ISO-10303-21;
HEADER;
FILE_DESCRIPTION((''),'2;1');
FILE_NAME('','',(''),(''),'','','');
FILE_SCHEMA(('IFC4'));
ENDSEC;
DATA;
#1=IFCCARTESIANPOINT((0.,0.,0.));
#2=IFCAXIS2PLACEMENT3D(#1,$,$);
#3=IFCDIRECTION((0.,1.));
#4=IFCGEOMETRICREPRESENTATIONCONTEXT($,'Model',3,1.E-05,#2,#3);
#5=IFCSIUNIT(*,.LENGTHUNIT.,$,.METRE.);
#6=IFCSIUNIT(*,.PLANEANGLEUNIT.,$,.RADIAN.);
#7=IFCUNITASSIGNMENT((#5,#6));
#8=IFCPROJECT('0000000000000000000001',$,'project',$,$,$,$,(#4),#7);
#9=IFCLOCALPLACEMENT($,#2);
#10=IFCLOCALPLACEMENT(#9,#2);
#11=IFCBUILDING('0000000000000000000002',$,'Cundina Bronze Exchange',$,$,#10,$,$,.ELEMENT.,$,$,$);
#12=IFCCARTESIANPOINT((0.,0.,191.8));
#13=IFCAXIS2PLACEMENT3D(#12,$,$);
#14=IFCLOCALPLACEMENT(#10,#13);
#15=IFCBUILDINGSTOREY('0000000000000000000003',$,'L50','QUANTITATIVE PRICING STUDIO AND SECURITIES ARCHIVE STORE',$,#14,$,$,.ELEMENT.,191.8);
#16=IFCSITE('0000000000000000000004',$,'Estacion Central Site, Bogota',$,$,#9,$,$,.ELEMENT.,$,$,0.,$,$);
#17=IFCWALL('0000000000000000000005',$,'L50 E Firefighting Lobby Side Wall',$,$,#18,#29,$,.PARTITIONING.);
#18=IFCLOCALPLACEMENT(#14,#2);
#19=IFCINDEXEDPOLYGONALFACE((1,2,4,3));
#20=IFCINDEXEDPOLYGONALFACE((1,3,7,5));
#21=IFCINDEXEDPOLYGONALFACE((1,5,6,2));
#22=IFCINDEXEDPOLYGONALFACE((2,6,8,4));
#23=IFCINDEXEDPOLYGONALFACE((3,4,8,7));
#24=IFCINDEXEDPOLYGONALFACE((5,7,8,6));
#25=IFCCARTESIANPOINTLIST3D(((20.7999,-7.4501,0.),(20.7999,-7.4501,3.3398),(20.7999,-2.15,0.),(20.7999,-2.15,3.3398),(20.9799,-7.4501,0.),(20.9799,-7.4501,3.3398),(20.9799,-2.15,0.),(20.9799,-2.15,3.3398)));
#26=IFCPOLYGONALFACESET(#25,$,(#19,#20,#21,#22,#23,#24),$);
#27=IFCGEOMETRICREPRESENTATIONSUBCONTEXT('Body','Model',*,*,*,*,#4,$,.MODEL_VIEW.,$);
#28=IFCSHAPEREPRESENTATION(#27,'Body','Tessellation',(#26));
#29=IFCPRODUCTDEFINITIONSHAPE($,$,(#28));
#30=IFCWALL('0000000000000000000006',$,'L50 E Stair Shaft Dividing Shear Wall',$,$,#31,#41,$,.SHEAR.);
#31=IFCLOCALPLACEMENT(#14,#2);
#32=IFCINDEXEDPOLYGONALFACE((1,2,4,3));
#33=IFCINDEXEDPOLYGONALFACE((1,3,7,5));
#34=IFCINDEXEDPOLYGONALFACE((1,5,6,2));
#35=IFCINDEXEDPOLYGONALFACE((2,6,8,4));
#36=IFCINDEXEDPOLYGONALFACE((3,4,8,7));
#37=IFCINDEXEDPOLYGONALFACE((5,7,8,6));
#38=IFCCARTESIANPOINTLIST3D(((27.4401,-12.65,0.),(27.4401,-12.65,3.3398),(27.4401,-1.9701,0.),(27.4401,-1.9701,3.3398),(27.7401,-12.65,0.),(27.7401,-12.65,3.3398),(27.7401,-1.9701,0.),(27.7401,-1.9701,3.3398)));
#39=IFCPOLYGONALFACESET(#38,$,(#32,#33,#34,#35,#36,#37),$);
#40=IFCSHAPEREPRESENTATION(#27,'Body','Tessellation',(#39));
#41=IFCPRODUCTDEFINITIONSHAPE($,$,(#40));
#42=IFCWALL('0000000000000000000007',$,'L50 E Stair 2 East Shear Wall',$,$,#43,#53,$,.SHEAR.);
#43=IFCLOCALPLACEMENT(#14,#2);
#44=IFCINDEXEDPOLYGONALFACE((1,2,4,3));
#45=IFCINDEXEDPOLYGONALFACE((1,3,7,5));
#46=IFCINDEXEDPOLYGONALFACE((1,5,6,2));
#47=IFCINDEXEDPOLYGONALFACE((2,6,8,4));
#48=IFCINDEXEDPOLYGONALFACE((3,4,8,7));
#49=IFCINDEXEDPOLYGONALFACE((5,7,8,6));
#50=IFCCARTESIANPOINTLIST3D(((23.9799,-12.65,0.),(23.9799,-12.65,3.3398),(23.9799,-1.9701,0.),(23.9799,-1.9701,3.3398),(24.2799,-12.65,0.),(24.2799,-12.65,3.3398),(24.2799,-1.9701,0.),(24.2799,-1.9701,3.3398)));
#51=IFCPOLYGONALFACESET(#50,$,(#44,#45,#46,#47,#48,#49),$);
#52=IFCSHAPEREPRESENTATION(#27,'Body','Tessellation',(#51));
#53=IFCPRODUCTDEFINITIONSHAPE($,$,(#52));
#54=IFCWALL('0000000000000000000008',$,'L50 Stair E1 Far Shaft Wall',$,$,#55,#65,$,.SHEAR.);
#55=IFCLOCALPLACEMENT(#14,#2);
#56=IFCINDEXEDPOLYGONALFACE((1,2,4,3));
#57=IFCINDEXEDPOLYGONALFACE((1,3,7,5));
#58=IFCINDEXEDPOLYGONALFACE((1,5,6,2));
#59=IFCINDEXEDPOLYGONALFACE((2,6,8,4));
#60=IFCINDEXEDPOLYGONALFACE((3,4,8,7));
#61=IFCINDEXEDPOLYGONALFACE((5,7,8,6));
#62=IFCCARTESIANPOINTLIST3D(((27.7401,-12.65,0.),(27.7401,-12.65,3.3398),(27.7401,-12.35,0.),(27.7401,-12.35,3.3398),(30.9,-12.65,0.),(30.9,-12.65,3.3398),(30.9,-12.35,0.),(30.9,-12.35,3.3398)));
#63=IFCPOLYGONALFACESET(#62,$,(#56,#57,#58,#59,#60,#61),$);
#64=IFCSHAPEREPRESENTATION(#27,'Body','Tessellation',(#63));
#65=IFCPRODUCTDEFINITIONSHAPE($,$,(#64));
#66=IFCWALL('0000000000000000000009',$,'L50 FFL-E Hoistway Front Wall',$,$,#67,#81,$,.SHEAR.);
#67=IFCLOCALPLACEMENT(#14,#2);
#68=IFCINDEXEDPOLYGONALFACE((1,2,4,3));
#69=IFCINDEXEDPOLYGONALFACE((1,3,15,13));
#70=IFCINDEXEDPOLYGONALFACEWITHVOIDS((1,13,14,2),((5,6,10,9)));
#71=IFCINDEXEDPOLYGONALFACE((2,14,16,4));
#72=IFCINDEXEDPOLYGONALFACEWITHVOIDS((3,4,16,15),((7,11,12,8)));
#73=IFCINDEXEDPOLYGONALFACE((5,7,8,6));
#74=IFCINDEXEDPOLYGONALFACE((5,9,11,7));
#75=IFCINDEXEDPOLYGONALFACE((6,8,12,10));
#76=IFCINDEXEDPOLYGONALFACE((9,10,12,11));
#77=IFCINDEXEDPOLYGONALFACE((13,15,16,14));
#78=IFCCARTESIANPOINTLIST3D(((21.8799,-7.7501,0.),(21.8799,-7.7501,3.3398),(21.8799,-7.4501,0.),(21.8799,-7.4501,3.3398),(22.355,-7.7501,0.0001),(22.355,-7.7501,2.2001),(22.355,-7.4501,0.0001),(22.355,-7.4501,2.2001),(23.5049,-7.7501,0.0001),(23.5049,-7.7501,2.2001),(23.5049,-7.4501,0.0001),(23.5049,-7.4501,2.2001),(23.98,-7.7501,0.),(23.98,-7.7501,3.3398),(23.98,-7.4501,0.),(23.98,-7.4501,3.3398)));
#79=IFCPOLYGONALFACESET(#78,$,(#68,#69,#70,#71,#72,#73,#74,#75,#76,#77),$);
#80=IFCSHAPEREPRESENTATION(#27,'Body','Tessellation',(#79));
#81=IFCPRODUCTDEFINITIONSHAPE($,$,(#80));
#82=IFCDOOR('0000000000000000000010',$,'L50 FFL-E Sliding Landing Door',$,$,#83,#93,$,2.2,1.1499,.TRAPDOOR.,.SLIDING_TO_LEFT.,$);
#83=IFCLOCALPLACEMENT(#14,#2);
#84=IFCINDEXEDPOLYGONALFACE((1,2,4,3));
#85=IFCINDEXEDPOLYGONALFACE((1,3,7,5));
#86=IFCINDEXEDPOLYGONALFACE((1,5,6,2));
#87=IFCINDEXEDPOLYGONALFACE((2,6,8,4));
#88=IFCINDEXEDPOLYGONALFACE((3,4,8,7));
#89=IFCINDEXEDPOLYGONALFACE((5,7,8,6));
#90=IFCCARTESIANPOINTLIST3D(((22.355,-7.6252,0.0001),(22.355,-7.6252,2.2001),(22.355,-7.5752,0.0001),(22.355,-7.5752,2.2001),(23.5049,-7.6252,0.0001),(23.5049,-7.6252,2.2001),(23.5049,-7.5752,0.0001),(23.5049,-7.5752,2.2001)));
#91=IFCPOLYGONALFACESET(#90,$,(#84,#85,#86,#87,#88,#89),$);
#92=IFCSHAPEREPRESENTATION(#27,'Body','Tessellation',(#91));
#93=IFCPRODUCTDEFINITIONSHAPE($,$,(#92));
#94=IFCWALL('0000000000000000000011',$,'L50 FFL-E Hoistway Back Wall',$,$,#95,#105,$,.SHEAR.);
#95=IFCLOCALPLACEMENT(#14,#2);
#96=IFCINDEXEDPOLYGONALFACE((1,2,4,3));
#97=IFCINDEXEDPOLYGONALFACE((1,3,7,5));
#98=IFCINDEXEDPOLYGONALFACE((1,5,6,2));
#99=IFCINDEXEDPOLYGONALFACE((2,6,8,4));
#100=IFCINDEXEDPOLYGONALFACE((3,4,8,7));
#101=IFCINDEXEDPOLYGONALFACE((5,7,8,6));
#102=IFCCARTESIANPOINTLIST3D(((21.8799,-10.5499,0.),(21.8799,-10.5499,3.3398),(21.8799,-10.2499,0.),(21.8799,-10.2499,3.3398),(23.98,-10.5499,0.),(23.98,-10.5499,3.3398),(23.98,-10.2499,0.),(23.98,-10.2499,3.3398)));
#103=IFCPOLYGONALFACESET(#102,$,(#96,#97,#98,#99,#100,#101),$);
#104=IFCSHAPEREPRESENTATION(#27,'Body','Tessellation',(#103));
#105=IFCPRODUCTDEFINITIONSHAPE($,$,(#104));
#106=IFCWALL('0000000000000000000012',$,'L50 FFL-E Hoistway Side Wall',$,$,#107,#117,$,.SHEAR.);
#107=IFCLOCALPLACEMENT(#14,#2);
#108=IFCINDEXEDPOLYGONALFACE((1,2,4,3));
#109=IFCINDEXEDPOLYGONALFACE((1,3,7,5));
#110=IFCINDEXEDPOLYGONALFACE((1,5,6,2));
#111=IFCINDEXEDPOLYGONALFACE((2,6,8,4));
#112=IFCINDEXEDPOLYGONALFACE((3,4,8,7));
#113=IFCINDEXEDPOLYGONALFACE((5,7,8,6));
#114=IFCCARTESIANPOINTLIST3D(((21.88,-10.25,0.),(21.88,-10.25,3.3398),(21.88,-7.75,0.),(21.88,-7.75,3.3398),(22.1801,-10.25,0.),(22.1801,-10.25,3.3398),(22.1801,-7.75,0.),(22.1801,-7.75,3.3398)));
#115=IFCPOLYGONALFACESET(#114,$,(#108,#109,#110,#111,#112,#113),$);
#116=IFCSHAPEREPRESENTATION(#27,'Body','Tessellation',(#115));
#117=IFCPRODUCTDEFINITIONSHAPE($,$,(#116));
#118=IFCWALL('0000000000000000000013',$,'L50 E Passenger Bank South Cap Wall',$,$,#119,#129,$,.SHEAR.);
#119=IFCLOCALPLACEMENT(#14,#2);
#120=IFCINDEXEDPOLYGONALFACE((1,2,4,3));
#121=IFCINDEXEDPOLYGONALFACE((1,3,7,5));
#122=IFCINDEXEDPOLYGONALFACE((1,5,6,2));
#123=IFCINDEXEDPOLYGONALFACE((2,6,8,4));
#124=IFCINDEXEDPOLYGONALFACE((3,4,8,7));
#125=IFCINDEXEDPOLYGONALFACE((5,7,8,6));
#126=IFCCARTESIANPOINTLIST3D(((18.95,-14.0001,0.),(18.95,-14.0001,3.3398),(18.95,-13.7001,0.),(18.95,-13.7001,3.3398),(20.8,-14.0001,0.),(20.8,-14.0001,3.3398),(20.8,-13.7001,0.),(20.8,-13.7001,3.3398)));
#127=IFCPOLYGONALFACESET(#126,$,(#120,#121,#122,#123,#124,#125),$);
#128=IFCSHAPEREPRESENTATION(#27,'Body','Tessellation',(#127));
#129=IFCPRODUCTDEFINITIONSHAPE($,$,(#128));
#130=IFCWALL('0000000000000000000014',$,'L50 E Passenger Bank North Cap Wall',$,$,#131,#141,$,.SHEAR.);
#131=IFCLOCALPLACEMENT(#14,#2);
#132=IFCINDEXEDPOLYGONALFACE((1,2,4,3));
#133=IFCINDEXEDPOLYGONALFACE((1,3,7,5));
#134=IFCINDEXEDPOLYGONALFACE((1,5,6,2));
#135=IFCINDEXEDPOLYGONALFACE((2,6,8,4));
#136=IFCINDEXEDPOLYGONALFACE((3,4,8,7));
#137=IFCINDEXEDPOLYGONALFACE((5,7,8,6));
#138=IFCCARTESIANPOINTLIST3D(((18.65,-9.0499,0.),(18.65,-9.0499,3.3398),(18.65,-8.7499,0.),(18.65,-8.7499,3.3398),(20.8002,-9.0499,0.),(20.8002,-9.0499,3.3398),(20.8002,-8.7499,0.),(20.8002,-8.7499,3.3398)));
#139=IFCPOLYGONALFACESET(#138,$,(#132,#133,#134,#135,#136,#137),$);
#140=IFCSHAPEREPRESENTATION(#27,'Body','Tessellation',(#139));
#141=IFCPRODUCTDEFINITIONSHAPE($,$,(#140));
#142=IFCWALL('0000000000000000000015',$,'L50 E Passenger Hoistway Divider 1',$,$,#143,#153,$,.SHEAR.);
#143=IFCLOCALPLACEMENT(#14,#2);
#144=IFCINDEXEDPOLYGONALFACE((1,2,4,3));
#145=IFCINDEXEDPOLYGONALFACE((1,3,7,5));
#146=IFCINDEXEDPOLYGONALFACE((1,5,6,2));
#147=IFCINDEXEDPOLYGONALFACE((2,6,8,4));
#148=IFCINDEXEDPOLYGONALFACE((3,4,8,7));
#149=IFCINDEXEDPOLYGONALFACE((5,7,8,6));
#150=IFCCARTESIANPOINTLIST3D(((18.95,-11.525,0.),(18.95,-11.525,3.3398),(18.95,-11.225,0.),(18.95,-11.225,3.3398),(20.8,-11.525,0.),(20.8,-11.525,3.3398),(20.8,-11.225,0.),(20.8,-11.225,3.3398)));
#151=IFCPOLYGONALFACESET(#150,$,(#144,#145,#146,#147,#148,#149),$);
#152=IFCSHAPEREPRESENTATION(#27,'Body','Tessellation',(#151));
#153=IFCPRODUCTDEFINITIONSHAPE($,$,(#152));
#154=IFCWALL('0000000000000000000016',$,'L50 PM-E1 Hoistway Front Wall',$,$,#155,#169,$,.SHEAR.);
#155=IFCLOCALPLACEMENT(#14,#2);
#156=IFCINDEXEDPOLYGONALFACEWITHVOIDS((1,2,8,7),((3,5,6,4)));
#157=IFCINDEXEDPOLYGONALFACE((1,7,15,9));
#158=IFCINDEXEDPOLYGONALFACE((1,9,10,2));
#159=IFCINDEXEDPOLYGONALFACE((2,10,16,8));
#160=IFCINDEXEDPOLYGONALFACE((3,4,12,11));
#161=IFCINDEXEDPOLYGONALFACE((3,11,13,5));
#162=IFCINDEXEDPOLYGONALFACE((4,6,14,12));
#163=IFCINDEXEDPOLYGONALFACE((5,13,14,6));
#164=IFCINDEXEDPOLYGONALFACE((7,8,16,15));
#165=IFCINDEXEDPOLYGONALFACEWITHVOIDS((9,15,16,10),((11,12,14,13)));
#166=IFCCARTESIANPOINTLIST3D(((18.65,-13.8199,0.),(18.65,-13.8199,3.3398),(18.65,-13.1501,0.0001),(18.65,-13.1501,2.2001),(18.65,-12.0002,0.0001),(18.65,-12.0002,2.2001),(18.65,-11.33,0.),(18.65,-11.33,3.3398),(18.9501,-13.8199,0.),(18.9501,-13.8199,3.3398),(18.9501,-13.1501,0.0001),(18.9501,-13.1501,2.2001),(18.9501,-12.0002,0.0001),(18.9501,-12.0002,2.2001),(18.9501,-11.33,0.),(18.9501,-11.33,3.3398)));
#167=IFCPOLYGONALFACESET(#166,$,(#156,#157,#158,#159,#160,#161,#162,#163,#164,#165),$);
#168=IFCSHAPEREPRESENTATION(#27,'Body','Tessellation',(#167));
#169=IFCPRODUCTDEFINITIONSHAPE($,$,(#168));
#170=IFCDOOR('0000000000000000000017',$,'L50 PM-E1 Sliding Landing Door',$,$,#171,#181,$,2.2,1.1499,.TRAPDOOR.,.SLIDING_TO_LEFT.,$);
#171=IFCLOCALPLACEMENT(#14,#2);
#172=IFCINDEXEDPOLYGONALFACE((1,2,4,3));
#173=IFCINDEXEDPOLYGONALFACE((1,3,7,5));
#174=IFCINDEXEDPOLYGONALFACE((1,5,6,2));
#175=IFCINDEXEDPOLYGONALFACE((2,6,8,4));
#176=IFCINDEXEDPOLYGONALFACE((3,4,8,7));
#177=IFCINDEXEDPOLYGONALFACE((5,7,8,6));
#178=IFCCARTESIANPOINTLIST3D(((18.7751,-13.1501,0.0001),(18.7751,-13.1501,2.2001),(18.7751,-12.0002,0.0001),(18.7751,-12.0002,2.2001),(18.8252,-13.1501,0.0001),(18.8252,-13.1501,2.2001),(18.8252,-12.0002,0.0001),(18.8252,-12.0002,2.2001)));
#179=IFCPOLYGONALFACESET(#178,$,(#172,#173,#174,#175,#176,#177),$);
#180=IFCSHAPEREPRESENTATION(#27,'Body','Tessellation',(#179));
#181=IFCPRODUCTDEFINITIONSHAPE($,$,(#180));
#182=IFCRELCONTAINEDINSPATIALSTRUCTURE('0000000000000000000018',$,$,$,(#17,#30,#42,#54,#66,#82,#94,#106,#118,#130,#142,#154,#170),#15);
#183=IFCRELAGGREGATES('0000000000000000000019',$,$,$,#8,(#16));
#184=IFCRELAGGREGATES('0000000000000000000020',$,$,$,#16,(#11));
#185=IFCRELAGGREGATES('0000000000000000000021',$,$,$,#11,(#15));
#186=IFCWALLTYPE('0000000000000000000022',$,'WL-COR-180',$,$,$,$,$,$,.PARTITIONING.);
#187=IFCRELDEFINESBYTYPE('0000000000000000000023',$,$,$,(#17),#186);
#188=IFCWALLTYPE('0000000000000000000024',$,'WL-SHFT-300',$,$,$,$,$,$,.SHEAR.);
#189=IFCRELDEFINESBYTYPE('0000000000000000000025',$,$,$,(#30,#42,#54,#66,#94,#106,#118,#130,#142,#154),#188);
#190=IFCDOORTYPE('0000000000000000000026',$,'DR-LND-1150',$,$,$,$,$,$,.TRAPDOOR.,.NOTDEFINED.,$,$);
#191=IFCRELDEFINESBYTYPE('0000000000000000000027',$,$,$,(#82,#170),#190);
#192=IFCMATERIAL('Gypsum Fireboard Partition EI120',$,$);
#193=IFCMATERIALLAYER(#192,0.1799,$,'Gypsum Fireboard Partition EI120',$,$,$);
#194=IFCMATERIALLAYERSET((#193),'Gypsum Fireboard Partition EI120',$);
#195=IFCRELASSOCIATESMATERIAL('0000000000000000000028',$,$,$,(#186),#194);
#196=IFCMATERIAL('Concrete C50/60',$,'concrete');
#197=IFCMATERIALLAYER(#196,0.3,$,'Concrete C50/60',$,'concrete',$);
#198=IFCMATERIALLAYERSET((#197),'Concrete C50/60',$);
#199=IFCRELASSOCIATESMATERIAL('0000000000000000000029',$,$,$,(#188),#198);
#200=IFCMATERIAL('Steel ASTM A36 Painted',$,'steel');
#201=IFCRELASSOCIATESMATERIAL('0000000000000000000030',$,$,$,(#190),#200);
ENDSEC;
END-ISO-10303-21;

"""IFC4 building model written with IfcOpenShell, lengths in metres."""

from ifc_helpers import new_model, si_unit, direction, frame, frame_2d, origin, place, context, subcontext, project, spatial, rectangle, extrude, material, layer, layer_set, type_object, element, fill, save


model = new_model("IFC4")

# Units and contexts
model_context = context("Model", 3, precision=1e-05, world=origin(), true_north=direction((0.0, 1.0)))
body_context = subcontext(model_context, "Body", "Model", "MODEL_VIEW")
ifc_project = project(units=[si_unit("LENGTHUNIT", "METRE"), si_unit("PLANEANGLEUNIT", "RADIAN")], contexts=[model_context])

# Site, building, storey
site_placement = place(None, origin())
site = spatial("IfcSite", under=ifc_project, at=site_placement, Name="Estacion Central Site, Bogota", CompositionType="ELEMENT", RefElevation=0.0)
building_placement = place(site_placement, origin())
building = spatial("IfcBuilding", under=site, at=building_placement, Name="Cundina Bronze Exchange", CompositionType="ELEMENT")
storey_placement = place(building_placement, frame((0.0, 0.0, 191.8)))
storey = spatial("IfcBuildingStorey", under=building, at=storey_placement, Name="L50", Description="QUANTITATIVE PRICING STUDIO AND SECURITIES ARCHIVE STORE", CompositionType="ELEMENT", Elevation=191.8)

# Shared definitions
ifc_material_1 = material(Name="Concrete C50/60", Category="concrete")

# Walls
ifc_material_2 = material(Name="Gypsum Fireboard Partition EI120")
ifc_layer_1 = layer(ifc_material_2, 0.1799, Name="Gypsum Fireboard Partition EI120")
ifc_layer_set_1 = layer_set([ifc_layer_1], Name="Gypsum Fireboard Partition EI120")
wall_type_1 = type_object("IfcWallType", Name="WL-COR-180", PredefinedType="PARTITIONING", material=ifc_layer_set_1)
wall_1_placement = place(storey_placement, frame((20.8899, -7.45, 0.0), z_axis=(0.0, 0.0, 1.0), x_axis=(0.0, 1.0, 0.0)))
element("IfcWall", 1, at=wall_1_placement, inside=storey, type_object=wall_type_1, Name="L50 E Firefighting Lobby Side Wall", PredefinedType="PARTITIONING", context=body_context, shape_type="SweptSolid", body=[
    extrude(rectangle(XDim=5.3, YDim=0.1799, at=frame_2d((2.6499, 0.0))), origin(), (0.0, 0.0, 1.0), 3.3398),
])
ifc_layer_2 = layer(ifc_material_1, 0.3, Name="Concrete C50/60", Category="concrete")
ifc_layer_set_2 = layer_set([ifc_layer_2], Name="Concrete C50/60")
wall_type_2 = type_object("IfcWallType", Name="WL-SHFT-300", PredefinedType="SHEAR", material=ifc_layer_set_2)
for number, where, z_axis, x_axis, name in (
    (2, (27.5901, -12.6499, 0.0), (0.0, 0.0, 1.0), (0.0, 1.0, 0.0), "L50 E Stair Shaft Dividing Shear Wall"),
    (3, (24.1299, -12.6499, 0.0), (0.0, 0.0, 1.0), (0.0, 1.0, 0.0), "L50 E Stair 2 East Shear Wall"),
):
    element("IfcWall", number, at=place(storey_placement, frame(where, z_axis=z_axis, x_axis=x_axis)), inside=storey, type_object=wall_type_2, Name=name, PredefinedType="SHEAR", context=body_context, shape_type="SweptSolid", body=[
        extrude(rectangle(XDim=10.6799, YDim=0.3, at=frame_2d((5.3398, 0.0))), origin(), (0.0, 0.0, 1.0), 3.3398),
    ])
wall_2_placement = place(storey_placement, frame((27.74, -12.5, 0.0), z_axis=(0.0, 0.0, 1.0), x_axis=(1.0, 0.0, 0.0)))
element("IfcWall", 4, at=wall_2_placement, inside=storey, type_object=wall_type_2, Name="L50 Stair E1 Far Shaft Wall", PredefinedType="SHEAR", context=body_context, shape_type="SweptSolid", body=[
    extrude(rectangle(XDim=3.1599, YDim=0.3, at=frame_2d((1.5801, 0.0))), origin(), (0.0, 0.0, 1.0), 3.3398),
])

# Wall, opening, door
ifc_material_3 = material(Name="Steel ASTM A36 Painted", Category="steel")
wall_3_placement = place(storey_placement, frame((21.8799, -7.6001, 0.0), z_axis=(0.0, 0.0, 1.0), x_axis=(1.0, 0.0, 0.0)))
wall_3 = element("IfcWall", 5, at=wall_3_placement, inside=storey, type_object=wall_type_2, Name="L50 FFL-E Hoistway Front Wall", PredefinedType="SHEAR", context=body_context, shape_type="SweptSolid", body=[
    extrude(rectangle(XDim=2.1001, YDim=0.3, at=frame_2d((1.05, 0.0))), origin(), (0.0, 0.0, 1.0), 3.3398),
])
opening_1_placement = place(wall_3_placement, frame((0.4751, 0.0, 0.0)))
opening_1 = element("IfcOpeningElement", 6, at=opening_1_placement, cuts=wall_3, PredefinedType="OPENING", context=body_context, shape_type="SweptSolid", body=[
    extrude(rectangle(XDim=1.1499, YDim=2.2, at=frame_2d((0.575, 1.1001))), frame((0.0, 0.1599, 0.0), z_axis=(0.0, -1.0, 0.0), x_axis=(1.0, 0.0, 0.0)), (0.0, 0.0, 1.0), 0.3201),
])
door_type_1 = type_object("IfcDoorType", Name="DR-LND-1150", OperationType="NOTDEFINED", PredefinedType="TRAPDOOR", material=ifc_material_3)
door_1_placement = place(opening_1_placement, origin())
door_1 = element("IfcDoor", 7, at=door_1_placement, inside=storey, type_object=door_type_1, Name="L50 FFL-E Sliding Landing Door", OperationType="SLIDING_TO_LEFT", OverallHeight=2.2, OverallWidth=1.1499, PredefinedType="TRAPDOOR", context=body_context, shape_type="SweptSolid", body=[
    extrude(rectangle(XDim=1.1499, YDim=2.2, at=frame_2d((0.575, 1.1001))), frame((0.0, 0.0249, 0.0), z_axis=(0.0, -1.0, 0.0), x_axis=(1.0, 0.0, 0.0)), (0.0, 0.0, 1.0), 0.05),
])
fill(opening_1, door_1)

# Walls
wall_4_placement = place(storey_placement, frame((21.8799, -10.3999, 0.0), z_axis=(0.0, 0.0, 1.0), x_axis=(1.0, 0.0, 0.0)))
element("IfcWall", 8, at=wall_4_placement, inside=storey, type_object=wall_type_2, Name="L50 FFL-E Hoistway Back Wall", PredefinedType="SHEAR", context=body_context, shape_type="SweptSolid", body=[
    extrude(rectangle(XDim=2.1001, YDim=0.3, at=frame_2d((1.05, 0.0))), origin(), (0.0, 0.0, 1.0), 3.3398),
])
wall_5_placement = place(storey_placement, frame((22.03, -10.25, 0.0), z_axis=(0.0, 0.0, 1.0), x_axis=(0.0, 1.0, 0.0)))
element("IfcWall", 9, at=wall_5_placement, inside=storey, type_object=wall_type_2, Name="L50 FFL-E Hoistway Side Wall", PredefinedType="SHEAR", context=body_context, shape_type="SweptSolid", body=[
    extrude(rectangle(XDim=2.5, YDim=0.3, at=frame_2d((1.25, 0.0))), origin(), (0.0, 0.0, 1.0), 3.3398),
])
wall_6_placement = place(storey_placement, frame((18.95, -13.8501, 0.0), z_axis=(0.0, 0.0, 1.0), x_axis=(1.0, 0.0, 0.0)))
element("IfcWall", 10, at=wall_6_placement, inside=storey, type_object=wall_type_2, Name="L50 E Passenger Bank South Cap Wall", PredefinedType="SHEAR", context=body_context, shape_type="SweptSolid", body=[
    extrude(rectangle(XDim=1.8501, YDim=0.3, at=frame_2d((0.925, 0.0))), origin(), (0.0, 0.0, 1.0), 3.3398),
])
wall_7_placement = place(storey_placement, frame((18.6499, -8.8999, 0.0), z_axis=(0.0, 0.0, 1.0), x_axis=(1.0, 0.0, 0.0)))
element("IfcWall", 11, at=wall_7_placement, inside=storey, type_object=wall_type_2, Name="L50 E Passenger Bank North Cap Wall", PredefinedType="SHEAR", context=body_context, shape_type="SweptSolid", body=[
    extrude(rectangle(XDim=2.1501, YDim=0.3, at=frame_2d((1.0752, 0.0))), origin(), (0.0, 0.0, 1.0), 3.3398),
])
wall_8_placement = place(storey_placement, frame((18.95, -11.375, 0.0), z_axis=(0.0, 0.0, 1.0), x_axis=(1.0, 0.0, 0.0)))
element("IfcWall", 12, at=wall_8_placement, inside=storey, type_object=wall_type_2, Name="L50 E Passenger Hoistway Divider 1", PredefinedType="SHEAR", context=body_context, shape_type="SweptSolid", body=[
    extrude(rectangle(XDim=1.8501, YDim=0.3, at=frame_2d((0.925, 0.0))), origin(), (0.0, 0.0, 1.0), 3.3398),
])

# Wall, opening, door
wall_9_placement = place(storey_placement, frame((18.8, -13.8201, 0.0), z_axis=(0.0, 0.0, 1.0), x_axis=(0.0, 1.0, 0.0)))
wall_9 = element("IfcWall", 13, at=wall_9_placement, inside=storey, type_object=wall_type_2, Name="L50 PM-E1 Hoistway Front Wall", PredefinedType="SHEAR", context=body_context, shape_type="SweptSolid", body=[
    extrude(rectangle(XDim=2.49, YDim=0.3, at=frame_2d((1.2451, 0.0))), origin(), (0.0, 0.0, 1.0), 3.3398),
])
opening_2_placement = place(wall_9_placement, frame((0.6699, 0.0, 0.0)))
opening_2 = element("IfcOpeningElement", 14, at=opening_2_placement, cuts=wall_9, PredefinedType="OPENING", context=body_context, shape_type="SweptSolid", body=[
    extrude(rectangle(XDim=1.1499, YDim=2.2, at=frame_2d((0.575, 1.1001))), frame((0.0, 0.1599, 0.0), z_axis=(0.0, -1.0, 0.0), x_axis=(1.0, 0.0, 0.0)), (0.0, 0.0, 1.0), 0.3201),
])
door_2_placement = place(opening_2_placement, origin())
door_2 = element("IfcDoor", 15, at=door_2_placement, inside=storey, type_object=door_type_1, Name="L50 PM-E1 Sliding Landing Door", OperationType="SLIDING_TO_LEFT", OverallHeight=2.2, OverallWidth=1.1499, PredefinedType="TRAPDOOR", context=body_context, shape_type="SweptSolid", body=[
    extrude(rectangle(XDim=1.1499, YDim=2.2, at=frame_2d((0.575, 1.1001))), frame((0.0, 0.0249, 0.0), z_axis=(0.0, -1.0, 0.0), x_axis=(1.0, 0.0, 0.0)), (0.0, 0.0, 1.0), 0.05),
])
fill(opening_2, door_2)

save(model, "model.ifc")
